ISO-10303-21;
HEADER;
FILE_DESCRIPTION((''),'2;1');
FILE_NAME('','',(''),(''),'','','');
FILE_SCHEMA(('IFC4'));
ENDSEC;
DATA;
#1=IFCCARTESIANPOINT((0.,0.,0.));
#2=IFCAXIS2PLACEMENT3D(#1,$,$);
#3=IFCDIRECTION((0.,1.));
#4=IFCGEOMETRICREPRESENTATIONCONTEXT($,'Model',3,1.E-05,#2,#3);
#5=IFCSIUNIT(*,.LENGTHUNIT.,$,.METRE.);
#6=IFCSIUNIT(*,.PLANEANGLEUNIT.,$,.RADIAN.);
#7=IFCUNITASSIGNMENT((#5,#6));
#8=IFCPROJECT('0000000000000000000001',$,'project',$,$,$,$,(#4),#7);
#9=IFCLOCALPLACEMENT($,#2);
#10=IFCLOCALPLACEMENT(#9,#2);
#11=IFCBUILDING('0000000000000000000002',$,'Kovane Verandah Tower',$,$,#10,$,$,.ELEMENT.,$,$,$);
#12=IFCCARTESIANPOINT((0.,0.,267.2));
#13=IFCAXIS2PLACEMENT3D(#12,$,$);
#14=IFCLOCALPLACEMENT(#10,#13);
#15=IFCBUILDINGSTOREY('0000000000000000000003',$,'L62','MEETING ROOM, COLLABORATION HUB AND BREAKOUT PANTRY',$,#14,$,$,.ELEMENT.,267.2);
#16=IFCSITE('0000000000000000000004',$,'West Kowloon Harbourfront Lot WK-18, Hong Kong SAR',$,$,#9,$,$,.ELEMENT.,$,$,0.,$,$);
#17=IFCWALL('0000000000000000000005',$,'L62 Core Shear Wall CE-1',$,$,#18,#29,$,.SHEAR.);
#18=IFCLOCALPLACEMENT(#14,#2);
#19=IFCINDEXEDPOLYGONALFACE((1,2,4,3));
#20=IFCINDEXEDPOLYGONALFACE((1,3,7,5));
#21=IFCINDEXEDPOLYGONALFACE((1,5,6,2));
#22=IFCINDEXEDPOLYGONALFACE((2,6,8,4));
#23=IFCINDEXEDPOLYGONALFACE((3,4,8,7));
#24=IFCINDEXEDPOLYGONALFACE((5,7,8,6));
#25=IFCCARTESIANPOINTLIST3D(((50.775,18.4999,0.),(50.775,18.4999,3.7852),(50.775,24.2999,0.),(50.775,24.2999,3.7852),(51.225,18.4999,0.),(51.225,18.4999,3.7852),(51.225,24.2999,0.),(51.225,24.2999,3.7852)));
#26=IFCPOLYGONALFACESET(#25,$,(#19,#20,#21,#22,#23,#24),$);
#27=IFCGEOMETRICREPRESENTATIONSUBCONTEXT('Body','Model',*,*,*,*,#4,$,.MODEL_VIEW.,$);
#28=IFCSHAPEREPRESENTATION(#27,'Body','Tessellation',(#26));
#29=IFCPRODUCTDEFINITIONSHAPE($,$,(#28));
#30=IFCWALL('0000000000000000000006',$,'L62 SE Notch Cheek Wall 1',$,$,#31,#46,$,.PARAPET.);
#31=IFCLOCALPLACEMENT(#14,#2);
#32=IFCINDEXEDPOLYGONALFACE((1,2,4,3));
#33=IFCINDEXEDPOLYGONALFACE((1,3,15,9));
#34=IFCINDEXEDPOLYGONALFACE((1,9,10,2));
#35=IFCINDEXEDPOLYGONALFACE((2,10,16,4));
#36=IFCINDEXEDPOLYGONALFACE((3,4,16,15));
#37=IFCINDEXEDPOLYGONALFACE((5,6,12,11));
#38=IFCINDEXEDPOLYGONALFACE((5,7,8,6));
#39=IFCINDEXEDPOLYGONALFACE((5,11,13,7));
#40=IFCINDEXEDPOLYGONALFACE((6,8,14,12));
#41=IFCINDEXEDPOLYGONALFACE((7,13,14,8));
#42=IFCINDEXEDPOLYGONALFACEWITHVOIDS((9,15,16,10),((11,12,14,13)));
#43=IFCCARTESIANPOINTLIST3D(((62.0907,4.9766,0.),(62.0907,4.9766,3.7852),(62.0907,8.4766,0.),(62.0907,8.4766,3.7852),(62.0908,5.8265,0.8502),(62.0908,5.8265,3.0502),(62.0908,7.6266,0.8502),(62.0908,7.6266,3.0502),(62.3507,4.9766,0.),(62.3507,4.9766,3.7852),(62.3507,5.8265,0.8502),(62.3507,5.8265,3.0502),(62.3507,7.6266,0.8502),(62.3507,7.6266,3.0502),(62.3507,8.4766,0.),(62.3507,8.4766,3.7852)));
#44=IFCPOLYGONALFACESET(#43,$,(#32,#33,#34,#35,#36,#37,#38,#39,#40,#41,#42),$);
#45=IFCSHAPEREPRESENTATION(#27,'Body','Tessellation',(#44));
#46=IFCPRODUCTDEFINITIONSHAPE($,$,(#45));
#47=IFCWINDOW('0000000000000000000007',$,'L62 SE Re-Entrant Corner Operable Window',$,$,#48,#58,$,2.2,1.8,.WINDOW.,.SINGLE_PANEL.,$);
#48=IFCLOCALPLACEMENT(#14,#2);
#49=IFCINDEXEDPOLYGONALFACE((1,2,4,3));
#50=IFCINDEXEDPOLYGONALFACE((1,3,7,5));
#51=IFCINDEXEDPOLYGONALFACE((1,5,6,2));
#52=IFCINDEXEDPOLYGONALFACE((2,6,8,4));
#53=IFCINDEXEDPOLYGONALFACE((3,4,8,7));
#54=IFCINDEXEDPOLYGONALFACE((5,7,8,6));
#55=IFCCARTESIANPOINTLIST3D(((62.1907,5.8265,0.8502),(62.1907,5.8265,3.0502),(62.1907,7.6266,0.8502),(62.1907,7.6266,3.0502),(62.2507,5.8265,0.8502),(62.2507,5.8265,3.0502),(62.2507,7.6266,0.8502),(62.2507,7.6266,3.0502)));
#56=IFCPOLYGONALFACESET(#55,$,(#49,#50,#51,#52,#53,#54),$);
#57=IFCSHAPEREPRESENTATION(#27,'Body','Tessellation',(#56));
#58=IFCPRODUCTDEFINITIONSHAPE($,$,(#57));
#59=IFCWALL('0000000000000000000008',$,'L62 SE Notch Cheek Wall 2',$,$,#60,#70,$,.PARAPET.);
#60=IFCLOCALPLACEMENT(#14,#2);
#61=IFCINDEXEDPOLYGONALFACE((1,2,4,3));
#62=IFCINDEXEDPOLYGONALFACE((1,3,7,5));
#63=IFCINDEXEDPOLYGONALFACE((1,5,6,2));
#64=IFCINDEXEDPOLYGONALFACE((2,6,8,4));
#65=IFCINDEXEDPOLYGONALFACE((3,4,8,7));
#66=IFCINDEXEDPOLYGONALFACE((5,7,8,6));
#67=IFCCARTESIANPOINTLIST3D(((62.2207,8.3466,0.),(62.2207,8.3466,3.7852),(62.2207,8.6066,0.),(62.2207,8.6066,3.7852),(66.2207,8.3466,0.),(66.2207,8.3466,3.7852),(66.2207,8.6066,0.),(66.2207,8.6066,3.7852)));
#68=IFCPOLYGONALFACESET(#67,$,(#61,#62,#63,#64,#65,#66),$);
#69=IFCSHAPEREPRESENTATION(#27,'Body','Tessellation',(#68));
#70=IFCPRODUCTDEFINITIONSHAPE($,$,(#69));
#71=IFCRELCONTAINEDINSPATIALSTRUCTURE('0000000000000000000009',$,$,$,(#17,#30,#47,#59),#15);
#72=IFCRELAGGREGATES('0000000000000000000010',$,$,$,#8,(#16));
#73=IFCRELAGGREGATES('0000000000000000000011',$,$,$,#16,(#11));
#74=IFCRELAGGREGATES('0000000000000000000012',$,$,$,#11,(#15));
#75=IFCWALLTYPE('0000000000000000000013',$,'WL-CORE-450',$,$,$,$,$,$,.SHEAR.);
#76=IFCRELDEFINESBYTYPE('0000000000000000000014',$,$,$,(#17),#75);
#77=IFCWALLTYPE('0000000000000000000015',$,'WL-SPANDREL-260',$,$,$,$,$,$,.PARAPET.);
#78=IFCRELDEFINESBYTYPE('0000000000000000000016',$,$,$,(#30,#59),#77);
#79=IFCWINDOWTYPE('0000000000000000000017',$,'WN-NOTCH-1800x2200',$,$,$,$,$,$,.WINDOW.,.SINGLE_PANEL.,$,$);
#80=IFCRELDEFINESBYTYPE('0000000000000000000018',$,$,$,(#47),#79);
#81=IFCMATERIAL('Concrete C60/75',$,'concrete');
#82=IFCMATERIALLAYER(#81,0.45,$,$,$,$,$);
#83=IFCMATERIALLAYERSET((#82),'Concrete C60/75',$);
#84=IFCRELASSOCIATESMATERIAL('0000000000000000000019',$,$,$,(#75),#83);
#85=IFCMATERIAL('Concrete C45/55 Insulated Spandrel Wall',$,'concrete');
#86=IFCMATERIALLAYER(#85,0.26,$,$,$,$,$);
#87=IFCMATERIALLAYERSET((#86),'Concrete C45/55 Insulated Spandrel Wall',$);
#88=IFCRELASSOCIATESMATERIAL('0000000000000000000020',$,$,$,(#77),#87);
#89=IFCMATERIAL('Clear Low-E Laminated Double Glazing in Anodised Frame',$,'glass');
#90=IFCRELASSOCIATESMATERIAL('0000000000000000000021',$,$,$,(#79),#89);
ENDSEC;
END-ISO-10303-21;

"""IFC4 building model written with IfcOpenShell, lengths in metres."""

from ifc_helpers import new_model, si_unit, direction, frame, frame_2d, origin, place, context, subcontext, project, spatial, rectangle, extrude, material, layer, layer_set, type_object, element, fill, save


model = new_model("IFC4")

# Units and contexts
model_context = context("Model", 3, precision=1e-05, world=origin(), true_north=direction((0.0, 1.0)))
body_context = subcontext(model_context, "Body", "Model", "MODEL_VIEW")
ifc_project = project(units=[si_unit("LENGTHUNIT", "METRE"), si_unit("PLANEANGLEUNIT", "RADIAN")], contexts=[model_context])

# Site, building, storey
site_placement = place(None, origin())
site = spatial("IfcSite", under=ifc_project, at=site_placement, Name="West Kowloon Harbourfront Lot WK-18, Hong Kong SAR", CompositionType="ELEMENT", RefElevation=0.0)
building_placement = place(site_placement, origin())
building = spatial("IfcBuilding", under=site, at=building_placement, Name="Kovane Verandah Tower", CompositionType="ELEMENT")
storey_placement = place(building_placement, frame((0.0, 0.0, 267.2)))
storey = spatial("IfcBuildingStorey", under=building, at=storey_placement, Name="L62", Description="MEETING ROOM, COLLABORATION HUB AND BREAKOUT PANTRY", CompositionType="ELEMENT", Elevation=267.2)

# Shared definitions
ifc_material_1 = material(Name="Concrete C60/75", Category="concrete")

# Wall
ifc_layer_1 = layer(ifc_material_1, 0.45)
ifc_layer_set_1 = layer_set([ifc_layer_1], Name="Concrete C60/75")
wall_type_1 = type_object("IfcWallType", Name="WL-CORE-450", PredefinedType="SHEAR", material=ifc_layer_set_1)
wall_1_placement = place(storey_placement, frame((51.0, 18.5, 0.0), z_axis=(0.0, 0.0, 1.0), x_axis=(0.0, 1.0, 0.0)))
element("IfcWall", 1, at=wall_1_placement, inside=storey, type_object=wall_type_1, Name="L62 Core Shear Wall CE-1", PredefinedType="SHEAR", context=body_context, shape_type="SweptSolid", body=[
    extrude(rectangle(XDim=5.8, YDim=0.45, at=frame_2d((2.8999, 0.0))), origin(), (0.0, 0.0, 1.0), 3.7852),
])

# Shared definitions
ifc_material_2 = material(Name="Concrete C45/55 Insulated Spandrel Wall", Category="concrete")
ifc_layer_2 = layer(ifc_material_2, 0.26)
ifc_layer_set_2 = layer_set([ifc_layer_2], Name="Concrete C45/55 Insulated Spandrel Wall")
wall_type_2 = type_object("IfcWallType", Name="WL-SPANDREL-260", PredefinedType="PARAPET", material=ifc_layer_set_2)
ifc_material_3 = material(Name="Clear Low-E Laminated Double Glazing in Anodised Frame", Category="glass")

# Wall, opening, window
wall_2_placement = place(storey_placement, frame((62.2207, 4.9766, 0.0), z_axis=(0.0, 0.0, 1.0), x_axis=(0.0, 1.0, 0.0)))
wall_2 = element("IfcWall", 2, at=wall_2_placement, inside=storey, type_object=wall_type_2, Name="L62 SE Notch Cheek Wall 1", PredefinedType="PARAPET", context=body_context, shape_type="SweptSolid", body=[
    extrude(rectangle(XDim=3.5, YDim=0.26, at=frame_2d((1.75, 0.0))), origin(), (0.0, 0.0, 1.0), 3.7852),
])
opening_1_placement = place(wall_2_placement, frame((0.8501, 0.0, 0.8501)))
opening_1 = element("IfcOpeningElement", 3, at=opening_1_placement, cuts=wall_2, PredefinedType="OPENING", context=body_context, shape_type="SweptSolid", body=[
    extrude(rectangle(XDim=1.8, YDim=2.2, at=frame_2d((0.8999, 1.1001))), frame((0.0, 0.1299, 0.0), z_axis=(0.0, -1.0, 0.0), x_axis=(1.0, 0.0, 0.0)), (0.0, 0.0, 1.0), 0.26),
])
window_type_1 = type_object("IfcWindowType", Name="WN-NOTCH-1800x2200", PartitioningType="SINGLE_PANEL", PredefinedType="WINDOW", material=ifc_material_3)
window_1_placement = place(opening_1_placement, origin())
window_1 = element("IfcWindow", 4, at=window_1_placement, inside=storey, type_object=window_type_1, Name="L62 SE Re-Entrant Corner Operable Window", OverallHeight=2.2, OverallWidth=1.8, PartitioningType="SINGLE_PANEL", PredefinedType="WINDOW", context=body_context, shape_type="SweptSolid", body=[
    extrude(rectangle(XDim=1.8, YDim=2.2, at=frame_2d((0.8999, 1.1001))), frame((0.0, 0.03, 0.0), z_axis=(0.0, -1.0, 0.0), x_axis=(1.0, 0.0, 0.0)), (0.0, 0.0, 1.0), 0.0601),
])
fill(opening_1, window_1)

# Wall
wall_3_placement = place(storey_placement, frame((62.2207, 8.4766, 0.0), z_axis=(0.0, 0.0, 1.0), x_axis=(1.0, 0.0, 0.0)))
element("IfcWall", 5, at=wall_3_placement, inside=storey, type_object=wall_type_2, Name="L62 SE Notch Cheek Wall 2", PredefinedType="PARAPET", context=body_context, shape_type="SweptSolid", body=[
    extrude(rectangle(XDim=4.0, YDim=0.26, at=frame_2d((2.0, 0.0))), origin(), (0.0, 0.0, 1.0), 3.7852),
])

save(model, "model.ifc")
